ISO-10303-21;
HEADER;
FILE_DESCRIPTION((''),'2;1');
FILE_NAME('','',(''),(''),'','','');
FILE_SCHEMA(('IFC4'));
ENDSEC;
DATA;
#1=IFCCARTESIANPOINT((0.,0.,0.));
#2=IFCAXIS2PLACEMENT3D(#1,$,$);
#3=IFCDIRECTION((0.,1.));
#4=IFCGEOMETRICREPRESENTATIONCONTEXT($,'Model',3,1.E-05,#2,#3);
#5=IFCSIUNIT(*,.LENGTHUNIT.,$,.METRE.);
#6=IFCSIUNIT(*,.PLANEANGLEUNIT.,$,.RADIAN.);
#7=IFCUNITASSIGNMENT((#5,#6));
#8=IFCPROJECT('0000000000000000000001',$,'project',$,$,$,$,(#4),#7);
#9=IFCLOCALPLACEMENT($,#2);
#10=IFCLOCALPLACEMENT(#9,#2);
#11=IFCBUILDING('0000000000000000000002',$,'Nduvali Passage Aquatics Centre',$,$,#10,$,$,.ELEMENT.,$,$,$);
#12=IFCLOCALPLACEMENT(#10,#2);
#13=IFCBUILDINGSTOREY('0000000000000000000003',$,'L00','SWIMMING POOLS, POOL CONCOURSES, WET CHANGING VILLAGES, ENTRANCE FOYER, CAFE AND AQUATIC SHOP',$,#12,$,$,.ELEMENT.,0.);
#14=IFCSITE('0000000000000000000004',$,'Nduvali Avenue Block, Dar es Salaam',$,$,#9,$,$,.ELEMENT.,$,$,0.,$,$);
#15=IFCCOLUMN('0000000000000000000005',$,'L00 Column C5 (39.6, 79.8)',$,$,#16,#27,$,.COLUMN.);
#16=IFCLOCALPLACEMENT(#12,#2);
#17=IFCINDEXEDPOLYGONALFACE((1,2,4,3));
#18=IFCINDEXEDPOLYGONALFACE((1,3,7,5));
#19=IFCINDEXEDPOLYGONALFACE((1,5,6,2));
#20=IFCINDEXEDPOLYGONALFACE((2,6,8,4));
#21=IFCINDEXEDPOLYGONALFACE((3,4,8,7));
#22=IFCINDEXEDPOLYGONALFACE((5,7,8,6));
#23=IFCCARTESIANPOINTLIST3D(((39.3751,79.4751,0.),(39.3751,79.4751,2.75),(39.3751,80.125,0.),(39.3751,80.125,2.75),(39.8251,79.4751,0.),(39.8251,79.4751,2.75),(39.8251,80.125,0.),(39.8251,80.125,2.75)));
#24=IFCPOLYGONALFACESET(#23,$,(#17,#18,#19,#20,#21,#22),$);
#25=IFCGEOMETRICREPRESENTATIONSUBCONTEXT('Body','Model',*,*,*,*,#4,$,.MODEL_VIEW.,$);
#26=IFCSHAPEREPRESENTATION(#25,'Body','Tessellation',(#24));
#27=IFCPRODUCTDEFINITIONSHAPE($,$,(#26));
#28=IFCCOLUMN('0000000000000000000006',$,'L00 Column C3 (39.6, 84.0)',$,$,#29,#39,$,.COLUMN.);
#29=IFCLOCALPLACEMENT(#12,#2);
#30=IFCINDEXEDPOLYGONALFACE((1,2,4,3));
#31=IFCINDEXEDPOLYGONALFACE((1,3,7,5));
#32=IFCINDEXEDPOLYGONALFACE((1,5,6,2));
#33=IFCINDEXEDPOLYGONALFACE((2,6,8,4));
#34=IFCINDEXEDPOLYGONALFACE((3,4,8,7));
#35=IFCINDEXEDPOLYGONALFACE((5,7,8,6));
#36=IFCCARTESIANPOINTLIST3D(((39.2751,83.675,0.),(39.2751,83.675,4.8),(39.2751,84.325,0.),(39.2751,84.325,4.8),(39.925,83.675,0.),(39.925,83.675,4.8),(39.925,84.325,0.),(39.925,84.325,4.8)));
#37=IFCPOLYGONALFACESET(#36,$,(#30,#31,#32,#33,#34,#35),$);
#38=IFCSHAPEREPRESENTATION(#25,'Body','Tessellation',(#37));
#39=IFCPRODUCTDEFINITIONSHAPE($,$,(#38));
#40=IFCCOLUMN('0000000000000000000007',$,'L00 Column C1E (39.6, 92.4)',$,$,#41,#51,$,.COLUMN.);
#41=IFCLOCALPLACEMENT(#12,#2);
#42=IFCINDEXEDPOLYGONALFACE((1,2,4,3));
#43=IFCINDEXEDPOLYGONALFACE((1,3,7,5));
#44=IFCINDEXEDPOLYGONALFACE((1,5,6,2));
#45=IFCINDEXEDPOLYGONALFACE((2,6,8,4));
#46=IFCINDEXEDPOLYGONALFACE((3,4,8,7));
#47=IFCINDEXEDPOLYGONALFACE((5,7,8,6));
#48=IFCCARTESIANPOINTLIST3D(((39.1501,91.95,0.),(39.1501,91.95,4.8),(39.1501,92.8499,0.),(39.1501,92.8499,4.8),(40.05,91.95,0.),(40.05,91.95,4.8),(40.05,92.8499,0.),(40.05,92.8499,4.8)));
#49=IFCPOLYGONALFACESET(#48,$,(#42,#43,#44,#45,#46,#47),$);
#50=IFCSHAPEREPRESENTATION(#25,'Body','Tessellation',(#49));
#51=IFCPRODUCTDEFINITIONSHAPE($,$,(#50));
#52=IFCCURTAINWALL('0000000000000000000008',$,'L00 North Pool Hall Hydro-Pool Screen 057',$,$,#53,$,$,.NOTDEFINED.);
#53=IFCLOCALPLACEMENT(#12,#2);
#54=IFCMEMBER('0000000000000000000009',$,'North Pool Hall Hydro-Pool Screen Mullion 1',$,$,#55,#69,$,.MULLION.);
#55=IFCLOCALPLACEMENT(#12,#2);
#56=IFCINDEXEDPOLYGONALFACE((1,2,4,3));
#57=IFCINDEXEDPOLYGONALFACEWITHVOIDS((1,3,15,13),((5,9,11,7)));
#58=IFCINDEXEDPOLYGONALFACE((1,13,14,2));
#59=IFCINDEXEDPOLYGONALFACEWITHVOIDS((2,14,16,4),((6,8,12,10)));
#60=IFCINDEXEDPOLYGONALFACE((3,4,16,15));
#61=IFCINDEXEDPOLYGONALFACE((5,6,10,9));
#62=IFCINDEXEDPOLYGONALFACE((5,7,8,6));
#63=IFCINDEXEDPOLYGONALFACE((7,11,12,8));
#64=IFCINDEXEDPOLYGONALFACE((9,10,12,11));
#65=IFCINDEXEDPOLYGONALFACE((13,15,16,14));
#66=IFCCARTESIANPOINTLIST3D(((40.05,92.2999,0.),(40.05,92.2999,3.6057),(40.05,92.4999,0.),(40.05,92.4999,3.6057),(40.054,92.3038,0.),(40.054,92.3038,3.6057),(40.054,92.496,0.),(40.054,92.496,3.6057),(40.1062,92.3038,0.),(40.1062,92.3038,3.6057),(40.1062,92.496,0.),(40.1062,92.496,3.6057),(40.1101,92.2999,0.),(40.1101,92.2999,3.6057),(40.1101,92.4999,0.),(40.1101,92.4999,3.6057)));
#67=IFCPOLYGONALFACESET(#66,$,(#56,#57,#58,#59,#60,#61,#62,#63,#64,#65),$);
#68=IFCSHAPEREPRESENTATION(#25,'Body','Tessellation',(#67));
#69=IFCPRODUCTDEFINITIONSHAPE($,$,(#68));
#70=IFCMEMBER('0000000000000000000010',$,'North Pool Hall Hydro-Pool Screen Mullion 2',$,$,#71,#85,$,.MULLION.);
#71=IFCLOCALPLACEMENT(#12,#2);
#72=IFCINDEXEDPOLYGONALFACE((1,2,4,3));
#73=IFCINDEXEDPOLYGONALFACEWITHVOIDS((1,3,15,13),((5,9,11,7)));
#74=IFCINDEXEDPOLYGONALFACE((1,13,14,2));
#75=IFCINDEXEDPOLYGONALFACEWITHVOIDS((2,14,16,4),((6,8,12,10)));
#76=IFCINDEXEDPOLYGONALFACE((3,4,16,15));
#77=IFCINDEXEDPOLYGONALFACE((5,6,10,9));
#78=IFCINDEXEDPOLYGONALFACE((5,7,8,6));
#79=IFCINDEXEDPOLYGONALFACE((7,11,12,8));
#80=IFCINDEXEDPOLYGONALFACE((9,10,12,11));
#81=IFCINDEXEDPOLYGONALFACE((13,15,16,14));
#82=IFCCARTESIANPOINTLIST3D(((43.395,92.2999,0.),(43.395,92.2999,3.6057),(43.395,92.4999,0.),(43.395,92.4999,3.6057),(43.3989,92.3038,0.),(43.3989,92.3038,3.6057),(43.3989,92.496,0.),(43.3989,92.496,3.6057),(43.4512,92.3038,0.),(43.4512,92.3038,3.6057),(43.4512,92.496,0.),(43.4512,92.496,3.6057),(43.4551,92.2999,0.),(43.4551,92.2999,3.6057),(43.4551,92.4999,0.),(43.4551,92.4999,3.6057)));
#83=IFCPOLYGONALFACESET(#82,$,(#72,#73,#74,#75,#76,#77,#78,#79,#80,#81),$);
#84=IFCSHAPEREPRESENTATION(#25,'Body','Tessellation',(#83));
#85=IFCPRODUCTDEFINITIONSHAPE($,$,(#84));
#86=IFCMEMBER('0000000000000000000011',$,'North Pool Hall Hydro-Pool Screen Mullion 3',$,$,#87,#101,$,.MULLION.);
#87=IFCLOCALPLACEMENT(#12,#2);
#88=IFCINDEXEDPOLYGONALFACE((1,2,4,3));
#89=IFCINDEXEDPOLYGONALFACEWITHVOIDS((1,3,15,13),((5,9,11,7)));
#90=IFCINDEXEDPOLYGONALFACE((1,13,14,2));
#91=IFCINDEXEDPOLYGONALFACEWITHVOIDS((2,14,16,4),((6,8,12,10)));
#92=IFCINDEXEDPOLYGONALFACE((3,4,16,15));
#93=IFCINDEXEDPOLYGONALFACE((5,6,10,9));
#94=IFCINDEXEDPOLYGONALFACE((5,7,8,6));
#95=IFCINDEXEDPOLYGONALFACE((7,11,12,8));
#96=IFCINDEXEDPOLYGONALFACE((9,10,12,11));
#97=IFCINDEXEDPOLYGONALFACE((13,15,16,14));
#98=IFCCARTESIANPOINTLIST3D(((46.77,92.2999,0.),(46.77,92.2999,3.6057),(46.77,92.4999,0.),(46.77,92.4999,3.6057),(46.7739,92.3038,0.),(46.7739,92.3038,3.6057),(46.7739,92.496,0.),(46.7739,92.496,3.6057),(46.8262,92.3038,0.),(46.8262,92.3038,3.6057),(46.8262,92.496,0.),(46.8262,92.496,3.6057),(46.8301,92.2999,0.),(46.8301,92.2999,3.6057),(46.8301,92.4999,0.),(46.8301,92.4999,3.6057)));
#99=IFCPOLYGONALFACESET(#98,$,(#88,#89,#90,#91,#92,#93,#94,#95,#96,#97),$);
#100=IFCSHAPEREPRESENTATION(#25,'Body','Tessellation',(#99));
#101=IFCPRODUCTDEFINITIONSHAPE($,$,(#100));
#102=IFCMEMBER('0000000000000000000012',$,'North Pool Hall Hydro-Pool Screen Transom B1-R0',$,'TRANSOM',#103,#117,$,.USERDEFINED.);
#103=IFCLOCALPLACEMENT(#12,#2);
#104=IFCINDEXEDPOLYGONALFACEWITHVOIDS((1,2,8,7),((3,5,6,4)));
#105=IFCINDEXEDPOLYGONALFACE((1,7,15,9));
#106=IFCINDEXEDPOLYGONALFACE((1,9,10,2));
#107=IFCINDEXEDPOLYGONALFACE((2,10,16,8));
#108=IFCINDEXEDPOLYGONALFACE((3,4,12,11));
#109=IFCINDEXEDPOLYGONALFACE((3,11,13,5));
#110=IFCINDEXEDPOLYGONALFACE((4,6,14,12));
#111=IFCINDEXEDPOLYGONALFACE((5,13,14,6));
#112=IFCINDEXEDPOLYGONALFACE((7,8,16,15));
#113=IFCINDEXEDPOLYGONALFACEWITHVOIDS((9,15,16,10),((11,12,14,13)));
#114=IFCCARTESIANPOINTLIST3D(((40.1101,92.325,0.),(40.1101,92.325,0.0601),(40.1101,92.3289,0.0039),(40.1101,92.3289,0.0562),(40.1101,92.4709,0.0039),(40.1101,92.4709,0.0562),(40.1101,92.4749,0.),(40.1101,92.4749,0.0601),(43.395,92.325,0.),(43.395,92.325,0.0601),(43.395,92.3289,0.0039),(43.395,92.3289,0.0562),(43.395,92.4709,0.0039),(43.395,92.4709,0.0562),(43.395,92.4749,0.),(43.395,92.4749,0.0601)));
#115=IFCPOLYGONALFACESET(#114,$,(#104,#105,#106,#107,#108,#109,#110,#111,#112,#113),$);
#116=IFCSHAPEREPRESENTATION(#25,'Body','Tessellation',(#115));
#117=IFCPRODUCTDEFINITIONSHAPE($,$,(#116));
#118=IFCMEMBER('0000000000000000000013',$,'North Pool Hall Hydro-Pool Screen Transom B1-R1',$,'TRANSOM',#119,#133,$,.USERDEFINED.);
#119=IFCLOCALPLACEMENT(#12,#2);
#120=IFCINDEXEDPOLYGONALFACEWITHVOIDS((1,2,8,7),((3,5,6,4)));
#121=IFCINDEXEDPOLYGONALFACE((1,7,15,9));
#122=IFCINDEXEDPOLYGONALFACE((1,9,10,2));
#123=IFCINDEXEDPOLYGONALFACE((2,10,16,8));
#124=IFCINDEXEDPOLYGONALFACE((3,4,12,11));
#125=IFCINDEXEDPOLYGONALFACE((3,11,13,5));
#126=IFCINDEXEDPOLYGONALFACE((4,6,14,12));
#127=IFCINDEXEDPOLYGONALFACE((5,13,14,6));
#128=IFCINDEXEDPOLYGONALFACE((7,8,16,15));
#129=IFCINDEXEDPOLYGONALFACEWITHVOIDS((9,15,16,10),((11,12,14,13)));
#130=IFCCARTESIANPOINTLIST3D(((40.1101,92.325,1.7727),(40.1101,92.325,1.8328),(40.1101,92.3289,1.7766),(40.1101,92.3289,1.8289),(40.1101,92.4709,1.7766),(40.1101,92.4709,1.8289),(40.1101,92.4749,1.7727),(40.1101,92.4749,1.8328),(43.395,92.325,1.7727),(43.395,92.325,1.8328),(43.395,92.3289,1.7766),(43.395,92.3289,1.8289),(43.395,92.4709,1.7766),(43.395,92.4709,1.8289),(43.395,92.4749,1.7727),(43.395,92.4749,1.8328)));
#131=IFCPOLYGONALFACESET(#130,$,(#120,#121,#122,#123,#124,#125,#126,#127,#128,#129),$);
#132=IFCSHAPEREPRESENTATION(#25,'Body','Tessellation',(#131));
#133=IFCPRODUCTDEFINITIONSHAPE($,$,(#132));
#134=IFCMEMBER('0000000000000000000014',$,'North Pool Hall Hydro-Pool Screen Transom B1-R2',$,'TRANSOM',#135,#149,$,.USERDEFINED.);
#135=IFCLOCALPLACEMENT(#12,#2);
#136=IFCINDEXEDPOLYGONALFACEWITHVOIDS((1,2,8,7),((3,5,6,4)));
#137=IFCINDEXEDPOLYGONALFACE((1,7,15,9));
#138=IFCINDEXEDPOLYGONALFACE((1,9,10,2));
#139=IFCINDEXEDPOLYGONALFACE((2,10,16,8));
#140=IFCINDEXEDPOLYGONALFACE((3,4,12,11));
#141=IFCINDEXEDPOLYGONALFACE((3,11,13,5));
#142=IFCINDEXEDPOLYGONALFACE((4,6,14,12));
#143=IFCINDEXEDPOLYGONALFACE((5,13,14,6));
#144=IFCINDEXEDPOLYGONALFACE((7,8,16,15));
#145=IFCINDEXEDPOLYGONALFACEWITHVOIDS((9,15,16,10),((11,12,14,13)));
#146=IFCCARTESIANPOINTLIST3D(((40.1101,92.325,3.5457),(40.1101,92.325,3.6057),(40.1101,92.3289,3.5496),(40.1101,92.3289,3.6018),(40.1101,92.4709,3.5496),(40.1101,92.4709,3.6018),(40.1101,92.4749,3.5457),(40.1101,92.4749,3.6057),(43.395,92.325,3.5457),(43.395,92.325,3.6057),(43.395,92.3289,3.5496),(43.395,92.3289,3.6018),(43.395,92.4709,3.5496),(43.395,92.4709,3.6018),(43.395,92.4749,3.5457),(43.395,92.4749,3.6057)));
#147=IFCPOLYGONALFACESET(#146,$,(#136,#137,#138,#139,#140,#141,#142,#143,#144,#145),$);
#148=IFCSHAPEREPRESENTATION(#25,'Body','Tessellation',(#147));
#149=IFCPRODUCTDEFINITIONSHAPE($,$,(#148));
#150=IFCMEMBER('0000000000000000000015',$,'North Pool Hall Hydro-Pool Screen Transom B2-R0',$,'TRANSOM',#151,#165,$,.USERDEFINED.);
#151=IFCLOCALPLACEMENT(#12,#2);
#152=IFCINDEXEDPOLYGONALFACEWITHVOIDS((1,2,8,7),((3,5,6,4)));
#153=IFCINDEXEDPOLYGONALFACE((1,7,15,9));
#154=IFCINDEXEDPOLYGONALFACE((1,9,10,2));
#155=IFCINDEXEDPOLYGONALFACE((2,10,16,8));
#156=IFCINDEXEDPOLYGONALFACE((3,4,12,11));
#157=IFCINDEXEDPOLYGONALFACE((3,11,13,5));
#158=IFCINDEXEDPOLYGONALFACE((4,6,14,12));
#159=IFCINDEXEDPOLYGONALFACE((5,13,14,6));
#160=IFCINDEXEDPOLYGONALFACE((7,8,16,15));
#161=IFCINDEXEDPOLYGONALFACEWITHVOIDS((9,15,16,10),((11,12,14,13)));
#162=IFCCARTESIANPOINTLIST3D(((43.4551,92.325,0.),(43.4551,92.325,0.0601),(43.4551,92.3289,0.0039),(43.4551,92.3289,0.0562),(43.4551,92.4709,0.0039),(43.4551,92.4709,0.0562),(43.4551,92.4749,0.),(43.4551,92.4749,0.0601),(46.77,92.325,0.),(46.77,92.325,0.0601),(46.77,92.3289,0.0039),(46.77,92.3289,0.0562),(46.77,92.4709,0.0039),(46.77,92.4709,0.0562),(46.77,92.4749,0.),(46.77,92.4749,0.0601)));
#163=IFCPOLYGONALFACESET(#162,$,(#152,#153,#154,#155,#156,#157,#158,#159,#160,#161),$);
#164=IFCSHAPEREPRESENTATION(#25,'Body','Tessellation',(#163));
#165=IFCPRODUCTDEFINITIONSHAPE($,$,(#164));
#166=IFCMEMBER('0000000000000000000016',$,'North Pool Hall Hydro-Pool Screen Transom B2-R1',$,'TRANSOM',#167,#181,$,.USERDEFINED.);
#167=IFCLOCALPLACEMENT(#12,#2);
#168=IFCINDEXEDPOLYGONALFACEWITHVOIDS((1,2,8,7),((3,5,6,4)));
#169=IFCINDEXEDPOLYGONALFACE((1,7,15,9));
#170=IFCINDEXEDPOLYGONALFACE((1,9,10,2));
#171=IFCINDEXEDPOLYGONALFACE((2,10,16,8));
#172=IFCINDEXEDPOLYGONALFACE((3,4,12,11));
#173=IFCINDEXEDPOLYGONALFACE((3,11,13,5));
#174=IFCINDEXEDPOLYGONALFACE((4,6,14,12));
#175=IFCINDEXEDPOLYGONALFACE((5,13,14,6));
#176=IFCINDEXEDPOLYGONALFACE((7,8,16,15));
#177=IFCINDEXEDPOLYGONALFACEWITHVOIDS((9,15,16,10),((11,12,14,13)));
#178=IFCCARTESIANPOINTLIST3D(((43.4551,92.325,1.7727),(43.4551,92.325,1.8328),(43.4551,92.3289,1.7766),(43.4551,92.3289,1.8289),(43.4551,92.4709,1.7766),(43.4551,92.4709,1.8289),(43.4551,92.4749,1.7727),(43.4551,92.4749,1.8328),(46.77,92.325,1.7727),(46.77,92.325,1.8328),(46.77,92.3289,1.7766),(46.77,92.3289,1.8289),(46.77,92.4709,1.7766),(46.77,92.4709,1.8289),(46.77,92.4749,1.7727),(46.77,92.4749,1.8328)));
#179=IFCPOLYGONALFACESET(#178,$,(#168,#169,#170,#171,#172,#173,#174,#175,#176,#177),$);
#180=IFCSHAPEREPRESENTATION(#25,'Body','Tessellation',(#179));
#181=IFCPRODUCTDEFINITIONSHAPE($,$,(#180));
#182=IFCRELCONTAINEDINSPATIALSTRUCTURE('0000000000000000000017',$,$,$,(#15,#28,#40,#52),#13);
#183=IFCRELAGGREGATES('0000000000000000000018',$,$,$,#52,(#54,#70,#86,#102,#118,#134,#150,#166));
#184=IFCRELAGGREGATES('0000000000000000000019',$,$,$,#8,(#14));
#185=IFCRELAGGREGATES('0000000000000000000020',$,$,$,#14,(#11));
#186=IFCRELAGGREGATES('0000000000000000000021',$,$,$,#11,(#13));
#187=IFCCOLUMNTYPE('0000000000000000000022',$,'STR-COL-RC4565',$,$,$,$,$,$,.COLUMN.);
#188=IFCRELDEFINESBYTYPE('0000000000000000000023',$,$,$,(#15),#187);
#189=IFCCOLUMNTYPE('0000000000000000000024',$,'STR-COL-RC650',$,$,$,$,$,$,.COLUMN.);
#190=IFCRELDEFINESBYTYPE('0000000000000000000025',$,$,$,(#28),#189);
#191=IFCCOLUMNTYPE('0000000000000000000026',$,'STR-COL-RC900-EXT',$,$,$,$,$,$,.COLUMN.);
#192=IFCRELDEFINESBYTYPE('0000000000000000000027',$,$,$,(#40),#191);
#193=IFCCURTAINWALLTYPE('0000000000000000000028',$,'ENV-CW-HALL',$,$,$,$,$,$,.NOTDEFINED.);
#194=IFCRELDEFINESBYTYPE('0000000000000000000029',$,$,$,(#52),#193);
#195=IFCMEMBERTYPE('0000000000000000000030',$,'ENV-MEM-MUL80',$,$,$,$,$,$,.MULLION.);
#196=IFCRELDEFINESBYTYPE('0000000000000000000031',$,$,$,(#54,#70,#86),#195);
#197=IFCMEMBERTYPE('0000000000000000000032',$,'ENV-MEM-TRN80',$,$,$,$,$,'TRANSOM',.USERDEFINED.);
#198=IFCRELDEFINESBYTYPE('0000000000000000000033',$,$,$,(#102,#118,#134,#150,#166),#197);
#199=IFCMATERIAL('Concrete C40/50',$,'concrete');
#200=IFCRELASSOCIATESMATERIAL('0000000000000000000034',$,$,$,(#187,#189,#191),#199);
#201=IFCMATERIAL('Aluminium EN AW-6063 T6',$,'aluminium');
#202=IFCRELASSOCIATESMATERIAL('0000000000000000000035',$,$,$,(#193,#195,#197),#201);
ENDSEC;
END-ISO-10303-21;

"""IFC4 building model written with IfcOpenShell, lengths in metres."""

from ifc_helpers import new_model, si_unit, direction, frame, origin, origin_2d, place, context, subcontext, project, spatial, rectangle, hollow_rectangle, extrude, material, material_profile, profile_set, type_object, element, aggregate, save


model = new_model("IFC4")

# Units and contexts
model_context = context("Model", 3, precision=1e-05, world=origin(), true_north=direction((0.0, 1.0)))
body_context = subcontext(model_context, "Body", "Model", "MODEL_VIEW")
ifc_project = project(units=[si_unit("LENGTHUNIT", "METRE"), si_unit("PLANEANGLEUNIT", "RADIAN")], contexts=[model_context])

# Site, building, storey
site_placement = place(None, origin())
site = spatial("IfcSite", under=ifc_project, at=site_placement, Name="Nduvali Avenue Block, Dar es Salaam", CompositionType="ELEMENT", RefElevation=0.0)
building_placement = place(site_placement, origin())
building = spatial("IfcBuilding", under=site, at=building_placement, Name="Nduvali Passage Aquatics Centre", CompositionType="ELEMENT")
storey_placement = place(building_placement, origin())
storey = spatial("IfcBuildingStorey", under=building, at=storey_placement, Name="L00", Description="SWIMMING POOLS, POOL CONCOURSES, WET CHANGING VILLAGES, ENTRANCE FOYER, CAFE AND AQUATIC SHOP", CompositionType="ELEMENT", Elevation=0.0)

# Columns
ifc_material_1 = material(Name="Concrete C40/50", Category="concrete")
ifc_material_profile_1 = material_profile(ifc_material_1, rectangle(XDim=0.45, YDim=0.6499, at=origin_2d()), Name="RC 450x650")
ifc_profile_set_1 = profile_set([ifc_material_profile_1], Name="Concrete C40/50")
column_type_1 = type_object("IfcColumnType", Name="STR-COL-RC4565", PredefinedType="COLUMN", material=ifc_profile_set_1)
column_1_placement = place(storey_placement, frame((39.6001, 79.8, 0.0), z_axis=(0.0, 0.0, 1.0), x_axis=(1.0, 0.0, 0.0)))
element("IfcColumn", 1, at=column_1_placement, inside=storey, type_object=column_type_1, Name="L00 Column C5 (39.6, 79.8)", PredefinedType="COLUMN", context=body_context, shape_type="SweptSolid", body=[
    extrude(rectangle(XDim=0.45, YDim=0.6499, at=origin_2d()), origin(), (0.0, 0.0, 1.0), 2.75),
])
ifc_material_profile_2 = material_profile(ifc_material_1, rectangle(XDim=0.6499, YDim=0.6499, at=origin_2d()), Name="RC 650x650")
ifc_profile_set_2 = profile_set([ifc_material_profile_2], Name="Concrete C40/50")
column_type_2 = type_object("IfcColumnType", Name="STR-COL-RC650", PredefinedType="COLUMN", material=ifc_profile_set_2)
column_2_placement = place(storey_placement, frame((39.6001, 84.0, 0.0), z_axis=(0.0, 0.0, 1.0), x_axis=(1.0, 0.0, 0.0)))
element("IfcColumn", 2, at=column_2_placement, inside=storey, type_object=column_type_2, Name="L00 Column C3 (39.6, 84.0)", PredefinedType="COLUMN", context=body_context, shape_type="SweptSolid", body=[
    extrude(rectangle(XDim=0.6499, YDim=0.6499, at=origin_2d()), origin(), (0.0, 0.0, 1.0), 4.8),
])
ifc_material_profile_3 = material_profile(ifc_material_1, rectangle(XDim=0.8999, YDim=0.8999, at=origin_2d()), Name="RC 900x900")
ifc_profile_set_3 = profile_set([ifc_material_profile_3], Name="Concrete C40/50")
column_type_3 = type_object("IfcColumnType", Name="STR-COL-RC900-EXT", PredefinedType="COLUMN", material=ifc_profile_set_3)
column_3_placement = place(storey_placement, frame((39.6001, 92.3999, 0.0), z_axis=(0.0, 0.0, 1.0), x_axis=(1.0, 0.0, 0.0)))
element("IfcColumn", 3, at=column_3_placement, inside=storey, type_object=column_type_3, Name="L00 Column C1E (39.6, 92.4)", PredefinedType="COLUMN", context=body_context, shape_type="SweptSolid", body=[
    extrude(rectangle(XDim=0.8999, YDim=0.8999, at=origin_2d()), origin(), (0.0, 0.0, 1.0), 4.8),
])

# Curtain wall, members
ifc_material_2 = material(Name="Aluminium EN AW-6063 T6", Category="aluminium")
curtain_wall_type = type_object("IfcCurtainWallType", Name="ENV-CW-HALL", PredefinedType="NOTDEFINED", material=ifc_material_2)
curtain_wall_placement = place(storey_placement, origin())
curtain_wall = element("IfcCurtainWall", 4, at=curtain_wall_placement, inside=storey, type_object=curtain_wall_type, Name="L00 North Pool Hall Hydro-Pool Screen 057", PredefinedType="NOTDEFINED")
ifc_material_profile_4 = material_profile(ifc_material_2, hollow_rectangle(XDim=0.0601, YDim=0.2, WallThickness=0.0039, at=origin_2d()), Name="ALU MULLION 60x200x4")
ifc_profile_set_4 = profile_set([ifc_material_profile_4], Name="Aluminium EN AW-6063 T6")
member_type_1 = type_object("IfcMemberType", Name="ENV-MEM-MUL80", PredefinedType="MULLION", material=ifc_profile_set_4)
member_1_placement = place(storey_placement, frame((40.0801, 92.3999, 0.0), z_axis=(0.0, 0.0, 1.0), x_axis=(1.0, 0.0, 0.0)))
member_1 = element("IfcMember", 5, at=member_1_placement, type_object=member_type_1, Name="North Pool Hall Hydro-Pool Screen Mullion 1", PredefinedType="MULLION", context=body_context, shape_type="SweptSolid", body=[
    extrude(hollow_rectangle(XDim=0.0601, YDim=0.2, WallThickness=0.0039, at=origin_2d()), origin(), (0.0, 0.0, 1.0), 3.6057),
])
member_2_placement = place(storey_placement, frame((43.425, 92.3999, 0.0), z_axis=(0.0, 0.0, 1.0), x_axis=(1.0, 0.0, 0.0)))
member_2 = element("IfcMember", 6, at=member_2_placement, type_object=member_type_1, Name="North Pool Hall Hydro-Pool Screen Mullion 2", PredefinedType="MULLION", context=body_context, shape_type="SweptSolid", body=[
    extrude(hollow_rectangle(XDim=0.0601, YDim=0.2, WallThickness=0.0039, at=origin_2d()), origin(), (0.0, 0.0, 1.0), 3.6057),
])
member_3_placement = place(storey_placement, frame((46.8, 92.3999, 0.0), z_axis=(0.0, 0.0, 1.0), x_axis=(1.0, 0.0, 0.0)))
member_3 = element("IfcMember", 7, at=member_3_placement, type_object=member_type_1, Name="North Pool Hall Hydro-Pool Screen Mullion 3", PredefinedType="MULLION", context=body_context, shape_type="SweptSolid", body=[
    extrude(hollow_rectangle(XDim=0.0601, YDim=0.2, WallThickness=0.0039, at=origin_2d()), origin(), (0.0, 0.0, 1.0), 3.6057),
])
ifc_material_profile_5 = material_profile(ifc_material_2, hollow_rectangle(XDim=0.1499, YDim=0.0601, WallThickness=0.0039, at=origin_2d()), Name="ALU TRANSOM 150x60x4")
ifc_profile_set_5 = profile_set([ifc_material_profile_5], Name="Aluminium EN AW-6063 T6")
member_type_2 = type_object("IfcMemberType", Name="ENV-MEM-TRN80", ElementType="TRANSOM", PredefinedType="USERDEFINED", material=ifc_profile_set_5)
member_4_placement = place(storey_placement, frame((40.1101, 92.3999, 0.03), z_axis=(1.0, 0.0, 0.0), x_axis=(0.0, 1.0, 0.0)))
member_4 = element("IfcMember", 8, at=member_4_placement, type_object=member_type_2, Name="North Pool Hall Hydro-Pool Screen Transom B1-R0", ObjectType="TRANSOM", PredefinedType="USERDEFINED", context=body_context, shape_type="SweptSolid", body=[
    extrude(hollow_rectangle(XDim=0.1499, YDim=0.0601, WallThickness=0.0039, at=origin_2d()), origin(), (0.0, 0.0, 1.0), 3.2849),
])
member_5_placement = place(storey_placement, frame((40.1101, 92.3999, 1.8027), z_axis=(1.0, 0.0, 0.0), x_axis=(0.0, 1.0, 0.0)))
member_5 = element("IfcMember", 9, at=member_5_placement, type_object=member_type_2, Name="North Pool Hall Hydro-Pool Screen Transom B1-R1", ObjectType="TRANSOM", PredefinedType="USERDEFINED", context=body_context, shape_type="SweptSolid", body=[
    extrude(hollow_rectangle(XDim=0.1499, YDim=0.0601, WallThickness=0.0039, at=origin_2d()), origin(), (0.0, 0.0, 1.0), 3.2849),
])
member_6_placement = place(storey_placement, frame((40.1101, 92.3999, 3.5757), z_axis=(1.0, 0.0, 0.0), x_axis=(0.0, 1.0, 0.0)))
member_6 = element("IfcMember", 10, at=member_6_placement, type_object=member_type_2, Name="North Pool Hall Hydro-Pool Screen Transom B1-R2", ObjectType="TRANSOM", PredefinedType="USERDEFINED", context=body_context, shape_type="SweptSolid", body=[
    extrude(hollow_rectangle(XDim=0.1499, YDim=0.0601, WallThickness=0.0039, at=origin_2d()), origin(), (0.0, 0.0, 1.0), 3.2849),
])
member_7_placement = place(storey_placement, frame((43.4551, 92.3999, 0.03), z_axis=(1.0, 0.0, 0.0), x_axis=(0.0, 1.0, 0.0)))
member_7 = element("IfcMember", 11, at=member_7_placement, type_object=member_type_2, Name="North Pool Hall Hydro-Pool Screen Transom B2-R0", ObjectType="TRANSOM", PredefinedType="USERDEFINED", context=body_context, shape_type="SweptSolid", body=[
    extrude(hollow_rectangle(XDim=0.1499, YDim=0.0601, WallThickness=0.0039, at=origin_2d()), origin(), (0.0, 0.0, 1.0), 3.3149),
])
member_8_placement = place(storey_placement, frame((43.4551, 92.3999, 1.8027), z_axis=(1.0, 0.0, 0.0), x_axis=(0.0, 1.0, 0.0)))
member_8 = element("IfcMember", 12, at=member_8_placement, type_object=member_type_2, Name="North Pool Hall Hydro-Pool Screen Transom B2-R1", ObjectType="TRANSOM", PredefinedType="USERDEFINED", context=body_context, shape_type="SweptSolid", body=[
    extrude(hollow_rectangle(XDim=0.1499, YDim=0.0601, WallThickness=0.0039, at=origin_2d()), origin(), (0.0, 0.0, 1.0), 3.3149),
])

aggregate(curtain_wall, [member_1, member_2, member_3, member_4, member_5, member_6, member_7, member_8])

save(model, "model.ifc")
